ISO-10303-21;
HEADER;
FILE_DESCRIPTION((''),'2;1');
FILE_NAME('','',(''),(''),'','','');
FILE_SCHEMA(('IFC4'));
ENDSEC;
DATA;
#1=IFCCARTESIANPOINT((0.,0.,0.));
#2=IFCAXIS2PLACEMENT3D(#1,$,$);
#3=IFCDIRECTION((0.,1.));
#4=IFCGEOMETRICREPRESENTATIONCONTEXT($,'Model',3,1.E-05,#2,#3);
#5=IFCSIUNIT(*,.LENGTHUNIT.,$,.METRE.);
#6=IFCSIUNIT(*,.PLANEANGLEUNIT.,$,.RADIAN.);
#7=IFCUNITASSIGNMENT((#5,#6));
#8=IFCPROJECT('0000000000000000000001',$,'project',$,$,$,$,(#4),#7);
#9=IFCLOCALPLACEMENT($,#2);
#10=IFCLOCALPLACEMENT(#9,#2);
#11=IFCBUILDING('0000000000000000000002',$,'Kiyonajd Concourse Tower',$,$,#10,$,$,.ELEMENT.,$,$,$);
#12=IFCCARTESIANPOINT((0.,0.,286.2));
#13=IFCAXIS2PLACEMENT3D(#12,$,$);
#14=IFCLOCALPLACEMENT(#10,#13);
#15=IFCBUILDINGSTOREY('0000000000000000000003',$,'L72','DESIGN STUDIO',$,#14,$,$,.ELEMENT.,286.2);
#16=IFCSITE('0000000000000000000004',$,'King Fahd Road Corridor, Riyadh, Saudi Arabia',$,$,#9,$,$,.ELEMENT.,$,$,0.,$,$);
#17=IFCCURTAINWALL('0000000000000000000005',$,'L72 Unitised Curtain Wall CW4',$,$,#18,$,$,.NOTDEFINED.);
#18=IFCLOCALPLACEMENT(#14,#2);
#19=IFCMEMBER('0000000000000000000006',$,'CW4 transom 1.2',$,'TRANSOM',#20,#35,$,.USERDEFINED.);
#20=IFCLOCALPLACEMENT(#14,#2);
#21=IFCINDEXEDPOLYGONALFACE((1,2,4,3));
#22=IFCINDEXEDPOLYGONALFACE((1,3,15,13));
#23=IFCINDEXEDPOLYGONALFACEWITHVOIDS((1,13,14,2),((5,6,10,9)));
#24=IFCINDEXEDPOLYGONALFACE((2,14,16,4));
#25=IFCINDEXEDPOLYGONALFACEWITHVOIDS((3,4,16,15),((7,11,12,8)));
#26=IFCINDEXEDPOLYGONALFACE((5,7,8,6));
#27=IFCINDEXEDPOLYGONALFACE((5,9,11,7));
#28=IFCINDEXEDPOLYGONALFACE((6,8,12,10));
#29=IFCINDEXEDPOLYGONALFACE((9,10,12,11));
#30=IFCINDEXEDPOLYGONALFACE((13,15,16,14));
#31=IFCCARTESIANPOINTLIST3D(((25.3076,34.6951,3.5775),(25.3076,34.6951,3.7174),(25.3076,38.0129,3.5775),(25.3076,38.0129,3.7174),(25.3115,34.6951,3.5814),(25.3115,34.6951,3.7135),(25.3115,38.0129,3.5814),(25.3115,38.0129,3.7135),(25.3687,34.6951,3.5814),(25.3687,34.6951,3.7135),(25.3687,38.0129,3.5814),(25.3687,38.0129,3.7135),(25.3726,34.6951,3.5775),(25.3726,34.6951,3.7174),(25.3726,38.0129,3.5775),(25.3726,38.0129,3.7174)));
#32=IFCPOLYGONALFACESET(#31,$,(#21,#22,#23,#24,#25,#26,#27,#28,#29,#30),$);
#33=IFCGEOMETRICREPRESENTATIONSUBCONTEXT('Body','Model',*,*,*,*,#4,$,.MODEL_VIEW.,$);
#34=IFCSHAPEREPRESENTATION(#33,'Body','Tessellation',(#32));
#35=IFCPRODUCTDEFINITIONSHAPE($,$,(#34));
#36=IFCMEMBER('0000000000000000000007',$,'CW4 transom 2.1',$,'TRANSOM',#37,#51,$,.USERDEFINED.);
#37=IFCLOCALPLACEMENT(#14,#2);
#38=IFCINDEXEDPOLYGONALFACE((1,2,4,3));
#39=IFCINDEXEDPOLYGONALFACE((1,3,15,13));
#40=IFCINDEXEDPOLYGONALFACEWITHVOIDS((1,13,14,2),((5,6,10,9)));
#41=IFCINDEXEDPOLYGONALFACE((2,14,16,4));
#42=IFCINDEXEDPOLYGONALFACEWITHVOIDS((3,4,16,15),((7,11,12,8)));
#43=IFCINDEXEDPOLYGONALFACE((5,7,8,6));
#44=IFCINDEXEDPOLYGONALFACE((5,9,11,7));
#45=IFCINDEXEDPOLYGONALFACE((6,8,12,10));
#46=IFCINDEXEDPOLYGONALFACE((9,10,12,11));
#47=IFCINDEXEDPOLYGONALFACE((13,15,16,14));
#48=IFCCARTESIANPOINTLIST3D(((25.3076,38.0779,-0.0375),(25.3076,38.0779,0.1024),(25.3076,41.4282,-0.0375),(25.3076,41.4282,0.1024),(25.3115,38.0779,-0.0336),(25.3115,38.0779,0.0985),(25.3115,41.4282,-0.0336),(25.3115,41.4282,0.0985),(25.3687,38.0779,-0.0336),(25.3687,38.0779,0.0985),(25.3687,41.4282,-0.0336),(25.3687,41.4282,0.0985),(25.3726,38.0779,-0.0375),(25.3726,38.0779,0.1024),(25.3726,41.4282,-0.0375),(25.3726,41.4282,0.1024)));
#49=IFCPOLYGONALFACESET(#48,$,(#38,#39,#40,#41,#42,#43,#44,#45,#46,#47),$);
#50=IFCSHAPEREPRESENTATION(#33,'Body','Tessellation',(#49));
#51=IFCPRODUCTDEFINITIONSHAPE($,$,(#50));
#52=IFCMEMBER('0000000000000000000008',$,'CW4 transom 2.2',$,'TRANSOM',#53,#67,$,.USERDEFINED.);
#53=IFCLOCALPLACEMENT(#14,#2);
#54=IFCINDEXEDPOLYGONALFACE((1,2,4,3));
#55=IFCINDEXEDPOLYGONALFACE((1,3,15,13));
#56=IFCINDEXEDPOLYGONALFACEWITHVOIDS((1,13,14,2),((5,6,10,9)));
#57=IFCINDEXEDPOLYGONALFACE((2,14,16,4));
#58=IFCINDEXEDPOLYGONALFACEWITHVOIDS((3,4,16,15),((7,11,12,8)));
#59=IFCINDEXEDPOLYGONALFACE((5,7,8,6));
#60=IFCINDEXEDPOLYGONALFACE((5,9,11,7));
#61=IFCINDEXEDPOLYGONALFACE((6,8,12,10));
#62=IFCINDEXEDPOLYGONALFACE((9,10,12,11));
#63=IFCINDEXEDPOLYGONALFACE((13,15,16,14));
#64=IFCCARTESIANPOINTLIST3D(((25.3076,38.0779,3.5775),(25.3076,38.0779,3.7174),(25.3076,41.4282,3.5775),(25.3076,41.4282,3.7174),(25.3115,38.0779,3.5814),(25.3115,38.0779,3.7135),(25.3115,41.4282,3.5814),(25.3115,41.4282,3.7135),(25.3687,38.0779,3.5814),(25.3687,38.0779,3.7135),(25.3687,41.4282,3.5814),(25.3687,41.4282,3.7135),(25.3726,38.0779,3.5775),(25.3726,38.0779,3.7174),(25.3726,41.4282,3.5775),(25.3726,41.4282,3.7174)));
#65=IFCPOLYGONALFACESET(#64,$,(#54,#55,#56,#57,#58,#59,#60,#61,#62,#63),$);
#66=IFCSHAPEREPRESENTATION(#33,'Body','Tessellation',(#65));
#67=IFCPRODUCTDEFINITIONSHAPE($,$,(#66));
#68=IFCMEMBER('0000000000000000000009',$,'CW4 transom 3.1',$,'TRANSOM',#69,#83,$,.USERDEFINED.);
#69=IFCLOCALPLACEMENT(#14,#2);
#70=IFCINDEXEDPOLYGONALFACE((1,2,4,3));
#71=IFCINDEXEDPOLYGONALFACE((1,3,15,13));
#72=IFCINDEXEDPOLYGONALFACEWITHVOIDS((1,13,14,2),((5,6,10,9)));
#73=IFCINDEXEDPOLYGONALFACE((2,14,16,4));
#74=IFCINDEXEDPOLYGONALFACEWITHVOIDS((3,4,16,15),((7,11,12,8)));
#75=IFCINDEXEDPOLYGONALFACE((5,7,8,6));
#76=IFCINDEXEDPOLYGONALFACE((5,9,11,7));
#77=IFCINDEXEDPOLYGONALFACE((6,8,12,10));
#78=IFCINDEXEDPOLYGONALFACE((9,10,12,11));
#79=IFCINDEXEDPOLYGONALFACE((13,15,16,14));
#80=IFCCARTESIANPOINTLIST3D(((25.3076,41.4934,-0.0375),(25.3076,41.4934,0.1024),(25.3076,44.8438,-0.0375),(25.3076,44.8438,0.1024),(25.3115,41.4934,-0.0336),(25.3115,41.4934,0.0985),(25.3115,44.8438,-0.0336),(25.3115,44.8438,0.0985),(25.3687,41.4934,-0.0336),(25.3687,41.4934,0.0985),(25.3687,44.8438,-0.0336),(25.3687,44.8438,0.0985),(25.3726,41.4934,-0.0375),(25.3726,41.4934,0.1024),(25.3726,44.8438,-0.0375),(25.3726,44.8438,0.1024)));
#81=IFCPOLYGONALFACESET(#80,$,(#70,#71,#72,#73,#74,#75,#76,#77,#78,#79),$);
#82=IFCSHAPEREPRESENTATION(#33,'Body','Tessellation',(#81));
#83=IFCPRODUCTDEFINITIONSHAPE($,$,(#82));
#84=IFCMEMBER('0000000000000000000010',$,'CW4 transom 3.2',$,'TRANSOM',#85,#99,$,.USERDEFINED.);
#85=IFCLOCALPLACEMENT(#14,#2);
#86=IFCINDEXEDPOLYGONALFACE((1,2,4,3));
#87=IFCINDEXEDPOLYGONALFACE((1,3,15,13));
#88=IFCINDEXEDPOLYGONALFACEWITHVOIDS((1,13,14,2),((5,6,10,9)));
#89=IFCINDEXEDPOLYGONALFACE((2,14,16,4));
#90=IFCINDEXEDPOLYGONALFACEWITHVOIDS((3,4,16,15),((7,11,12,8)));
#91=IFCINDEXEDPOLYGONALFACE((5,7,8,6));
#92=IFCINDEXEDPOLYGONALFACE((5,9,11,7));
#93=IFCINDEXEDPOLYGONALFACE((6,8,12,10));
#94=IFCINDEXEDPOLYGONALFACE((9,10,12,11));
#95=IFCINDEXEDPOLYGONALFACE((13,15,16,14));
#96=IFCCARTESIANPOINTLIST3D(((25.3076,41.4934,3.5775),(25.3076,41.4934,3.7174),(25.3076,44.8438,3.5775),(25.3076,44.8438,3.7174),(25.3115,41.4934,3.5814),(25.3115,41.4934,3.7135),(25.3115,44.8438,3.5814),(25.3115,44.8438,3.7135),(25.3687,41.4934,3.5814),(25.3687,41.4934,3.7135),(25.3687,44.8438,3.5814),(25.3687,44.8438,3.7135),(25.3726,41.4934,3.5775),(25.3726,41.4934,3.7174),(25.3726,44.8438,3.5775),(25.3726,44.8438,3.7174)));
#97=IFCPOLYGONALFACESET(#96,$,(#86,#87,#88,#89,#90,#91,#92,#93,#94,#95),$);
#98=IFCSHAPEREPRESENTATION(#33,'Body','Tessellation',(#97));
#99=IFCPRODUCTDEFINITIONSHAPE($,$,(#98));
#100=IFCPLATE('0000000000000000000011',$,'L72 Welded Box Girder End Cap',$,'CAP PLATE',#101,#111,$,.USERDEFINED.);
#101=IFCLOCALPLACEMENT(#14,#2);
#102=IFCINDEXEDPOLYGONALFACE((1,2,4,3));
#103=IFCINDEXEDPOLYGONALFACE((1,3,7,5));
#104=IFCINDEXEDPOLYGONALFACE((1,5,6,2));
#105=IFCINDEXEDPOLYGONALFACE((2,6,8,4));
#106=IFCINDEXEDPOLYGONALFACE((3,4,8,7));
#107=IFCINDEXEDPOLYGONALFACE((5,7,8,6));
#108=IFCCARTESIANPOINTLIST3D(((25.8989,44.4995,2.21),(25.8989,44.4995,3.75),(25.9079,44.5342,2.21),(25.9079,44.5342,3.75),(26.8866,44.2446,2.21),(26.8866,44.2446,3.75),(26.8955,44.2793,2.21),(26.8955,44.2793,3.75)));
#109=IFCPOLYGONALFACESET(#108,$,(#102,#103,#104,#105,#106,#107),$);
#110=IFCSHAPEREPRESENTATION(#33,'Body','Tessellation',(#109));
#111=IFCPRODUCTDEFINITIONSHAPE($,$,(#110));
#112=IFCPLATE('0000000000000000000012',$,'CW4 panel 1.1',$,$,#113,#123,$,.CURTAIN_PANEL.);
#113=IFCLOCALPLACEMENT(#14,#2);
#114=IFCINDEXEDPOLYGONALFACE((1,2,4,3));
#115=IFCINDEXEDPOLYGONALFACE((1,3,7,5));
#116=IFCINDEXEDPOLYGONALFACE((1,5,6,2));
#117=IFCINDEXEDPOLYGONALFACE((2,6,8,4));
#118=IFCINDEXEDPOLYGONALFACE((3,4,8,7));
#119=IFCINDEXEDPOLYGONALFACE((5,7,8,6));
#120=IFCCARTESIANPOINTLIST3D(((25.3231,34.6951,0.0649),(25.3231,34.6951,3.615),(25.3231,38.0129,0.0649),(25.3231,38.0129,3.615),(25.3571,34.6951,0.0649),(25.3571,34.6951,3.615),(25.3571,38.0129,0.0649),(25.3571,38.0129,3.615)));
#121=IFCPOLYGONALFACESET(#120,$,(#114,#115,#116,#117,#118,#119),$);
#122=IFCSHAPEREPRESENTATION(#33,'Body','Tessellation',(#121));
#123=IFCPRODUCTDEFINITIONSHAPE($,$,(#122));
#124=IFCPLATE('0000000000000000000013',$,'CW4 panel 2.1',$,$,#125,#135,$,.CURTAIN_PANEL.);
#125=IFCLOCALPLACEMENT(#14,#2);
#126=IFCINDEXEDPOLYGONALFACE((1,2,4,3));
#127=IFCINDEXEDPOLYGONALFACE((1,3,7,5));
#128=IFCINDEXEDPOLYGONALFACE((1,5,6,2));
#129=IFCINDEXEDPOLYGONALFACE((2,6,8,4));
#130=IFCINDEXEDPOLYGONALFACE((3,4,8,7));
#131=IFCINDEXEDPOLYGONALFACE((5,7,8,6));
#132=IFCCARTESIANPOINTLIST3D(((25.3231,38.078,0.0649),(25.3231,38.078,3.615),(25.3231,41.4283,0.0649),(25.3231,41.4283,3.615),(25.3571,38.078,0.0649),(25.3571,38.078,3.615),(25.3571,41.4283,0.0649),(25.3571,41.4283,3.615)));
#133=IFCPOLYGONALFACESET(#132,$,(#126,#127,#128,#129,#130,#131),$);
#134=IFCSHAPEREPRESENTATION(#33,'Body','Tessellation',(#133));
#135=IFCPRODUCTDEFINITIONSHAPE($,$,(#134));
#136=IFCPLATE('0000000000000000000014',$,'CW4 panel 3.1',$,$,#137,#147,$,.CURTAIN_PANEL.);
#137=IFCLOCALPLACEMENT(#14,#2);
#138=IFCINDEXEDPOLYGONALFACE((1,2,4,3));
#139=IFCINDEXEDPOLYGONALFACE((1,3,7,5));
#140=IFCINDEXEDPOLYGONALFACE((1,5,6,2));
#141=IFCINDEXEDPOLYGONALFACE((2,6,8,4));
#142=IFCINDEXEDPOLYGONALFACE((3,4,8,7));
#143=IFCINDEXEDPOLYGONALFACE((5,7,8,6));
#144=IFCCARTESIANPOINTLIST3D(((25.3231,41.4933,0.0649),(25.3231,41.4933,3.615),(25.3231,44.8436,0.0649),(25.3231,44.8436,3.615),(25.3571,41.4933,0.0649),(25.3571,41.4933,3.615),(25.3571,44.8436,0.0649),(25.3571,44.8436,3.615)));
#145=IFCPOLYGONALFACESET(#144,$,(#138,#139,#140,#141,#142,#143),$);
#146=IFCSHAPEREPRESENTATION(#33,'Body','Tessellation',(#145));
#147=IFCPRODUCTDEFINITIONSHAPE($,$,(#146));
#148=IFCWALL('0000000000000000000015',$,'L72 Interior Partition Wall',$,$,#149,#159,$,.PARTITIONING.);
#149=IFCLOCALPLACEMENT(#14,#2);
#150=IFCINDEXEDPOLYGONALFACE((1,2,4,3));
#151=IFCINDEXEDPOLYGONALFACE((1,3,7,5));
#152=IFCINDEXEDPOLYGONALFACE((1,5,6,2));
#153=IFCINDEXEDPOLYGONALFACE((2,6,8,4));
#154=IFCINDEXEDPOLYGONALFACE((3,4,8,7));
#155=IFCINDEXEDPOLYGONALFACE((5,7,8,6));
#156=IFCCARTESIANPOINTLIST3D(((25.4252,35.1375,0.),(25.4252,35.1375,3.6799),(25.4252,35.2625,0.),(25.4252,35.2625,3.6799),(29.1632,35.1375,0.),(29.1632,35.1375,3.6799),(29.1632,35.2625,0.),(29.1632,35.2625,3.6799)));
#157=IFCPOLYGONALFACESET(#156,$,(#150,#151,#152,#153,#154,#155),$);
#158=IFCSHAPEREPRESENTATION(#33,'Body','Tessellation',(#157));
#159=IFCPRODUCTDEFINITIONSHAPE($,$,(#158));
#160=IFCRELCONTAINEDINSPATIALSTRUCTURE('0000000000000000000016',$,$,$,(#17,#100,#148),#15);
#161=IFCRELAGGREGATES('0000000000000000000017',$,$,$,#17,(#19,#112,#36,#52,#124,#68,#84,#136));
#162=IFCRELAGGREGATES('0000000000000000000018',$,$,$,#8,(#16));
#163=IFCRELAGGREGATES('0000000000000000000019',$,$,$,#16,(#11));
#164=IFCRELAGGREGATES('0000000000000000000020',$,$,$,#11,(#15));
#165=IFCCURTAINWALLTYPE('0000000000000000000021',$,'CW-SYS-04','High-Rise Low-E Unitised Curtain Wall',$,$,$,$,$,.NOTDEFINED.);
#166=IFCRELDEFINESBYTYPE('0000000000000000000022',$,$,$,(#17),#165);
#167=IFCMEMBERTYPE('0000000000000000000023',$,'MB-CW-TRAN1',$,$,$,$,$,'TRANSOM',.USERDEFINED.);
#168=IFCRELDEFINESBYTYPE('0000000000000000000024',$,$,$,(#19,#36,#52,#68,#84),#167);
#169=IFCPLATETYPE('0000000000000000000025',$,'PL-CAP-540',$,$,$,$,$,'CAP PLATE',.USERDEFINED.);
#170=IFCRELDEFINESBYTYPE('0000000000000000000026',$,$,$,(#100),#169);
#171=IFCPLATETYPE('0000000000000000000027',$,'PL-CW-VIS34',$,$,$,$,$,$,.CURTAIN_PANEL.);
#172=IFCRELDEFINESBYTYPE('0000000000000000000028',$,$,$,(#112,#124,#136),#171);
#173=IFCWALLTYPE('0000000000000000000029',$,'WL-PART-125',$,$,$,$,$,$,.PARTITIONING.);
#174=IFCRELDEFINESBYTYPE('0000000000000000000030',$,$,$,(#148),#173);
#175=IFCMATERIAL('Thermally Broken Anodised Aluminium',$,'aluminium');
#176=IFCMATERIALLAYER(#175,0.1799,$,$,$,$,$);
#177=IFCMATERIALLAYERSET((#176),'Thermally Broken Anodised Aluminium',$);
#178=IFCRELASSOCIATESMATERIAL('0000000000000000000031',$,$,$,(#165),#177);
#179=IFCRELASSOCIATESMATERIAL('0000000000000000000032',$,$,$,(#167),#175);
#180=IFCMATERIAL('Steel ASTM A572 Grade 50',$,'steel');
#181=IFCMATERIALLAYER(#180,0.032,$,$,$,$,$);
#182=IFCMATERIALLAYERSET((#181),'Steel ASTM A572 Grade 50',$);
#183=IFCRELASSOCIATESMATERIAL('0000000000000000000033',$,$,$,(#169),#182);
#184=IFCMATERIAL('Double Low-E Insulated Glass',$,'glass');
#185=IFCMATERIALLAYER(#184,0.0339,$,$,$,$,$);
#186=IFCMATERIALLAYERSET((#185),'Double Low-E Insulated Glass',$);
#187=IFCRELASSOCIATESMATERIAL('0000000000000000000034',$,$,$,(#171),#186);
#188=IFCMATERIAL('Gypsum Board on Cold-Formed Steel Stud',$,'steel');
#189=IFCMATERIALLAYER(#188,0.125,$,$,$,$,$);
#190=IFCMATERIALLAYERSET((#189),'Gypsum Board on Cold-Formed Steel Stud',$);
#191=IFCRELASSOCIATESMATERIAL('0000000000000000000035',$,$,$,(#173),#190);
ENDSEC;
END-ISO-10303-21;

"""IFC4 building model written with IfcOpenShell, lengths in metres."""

from ifc_helpers import new_model, si_unit, direction, frame, frame_2d, origin, origin_2d, place, context, subcontext, project, spatial, rectangle, hollow_rectangle, extrude, material, layer, layer_set, material_profile, profile_set, type_object, element, aggregate, save


model = new_model("IFC4")

# Units and contexts
model_context = context("Model", 3, precision=1e-05, world=origin(), true_north=direction((0.0, 1.0)))
body_context = subcontext(model_context, "Body", "Model", "MODEL_VIEW")
ifc_project = project(units=[si_unit("LENGTHUNIT", "METRE"), si_unit("PLANEANGLEUNIT", "RADIAN")], contexts=[model_context])

# Site, building, storey
site_placement = place(None, origin())
site = spatial("IfcSite", under=ifc_project, at=site_placement, Name="King Fahd Road Corridor, Riyadh, Saudi Arabia", CompositionType="ELEMENT", RefElevation=0.0)
building_placement = place(site_placement, origin())
building = spatial("IfcBuilding", under=site, at=building_placement, Name="Kiyonajd Concourse Tower", CompositionType="ELEMENT")
storey_placement = place(building_placement, frame((0.0, 0.0, 286.2)))
storey = spatial("IfcBuildingStorey", under=building, at=storey_placement, Name="L72", Description="DESIGN STUDIO", CompositionType="ELEMENT", Elevation=286.2)

# Curtain wall, members
ifc_material_1 = material(Name="Thermally Broken Anodised Aluminium", Category="aluminium")
ifc_layer_1 = layer(ifc_material_1, 0.1799)
ifc_layer_set_1 = layer_set([ifc_layer_1], Name="Thermally Broken Anodised Aluminium")
curtain_wall_type = type_object("IfcCurtainWallType", Name="CW-SYS-04", Description="High-Rise Low-E Unitised Curtain Wall", PredefinedType="NOTDEFINED", material=ifc_layer_set_1)
curtain_wall_placement = place(storey_placement, origin())
curtain_wall = element("IfcCurtainWall", 1, at=curtain_wall_placement, inside=storey, type_object=curtain_wall_type, Name="L72 Unitised Curtain Wall CW4", PredefinedType="NOTDEFINED")
ifc_material_profile_1 = material_profile(ifc_material_1, hollow_rectangle(XDim=0.0649, YDim=0.1399, WallThickness=0.0039, at=origin_2d()), Name="TRAN-65x140")
ifc_profile_set_1 = profile_set([ifc_material_profile_1], Name="Thermally Broken Anodised Aluminium")
member_type_1 = type_object("IfcMemberType", Name="MB-CW-TRAN1", ElementType="TRANSOM", PredefinedType="USERDEFINED", material=ifc_profile_set_1)
member_1_placement = place(storey_placement, frame((25.3401, 34.6951, 3.6475), z_axis=(0.0, 1.0, 0.0), x_axis=(-1.0, 0.0, 0.0)))
member_1 = element("IfcMember", 2, at=member_1_placement, type_object=member_type_1, Name="CW4 transom 1.2", ObjectType="TRANSOM", PredefinedType="USERDEFINED", context=body_context, shape_type="SweptSolid", body=[
    extrude(hollow_rectangle(XDim=0.0649, YDim=0.1399, WallThickness=0.0039, at=origin_2d()), origin(), (0.0, 0.0, 1.0), 3.3179),
])
member_2_placement = place(storey_placement, frame((25.3401, 38.0779, 0.0325), z_axis=(0.0, 1.0, 0.0), x_axis=(-1.0, 0.0, 0.0)))
member_2 = element("IfcMember", 3, at=member_2_placement, type_object=member_type_1, Name="CW4 transom 2.1", ObjectType="TRANSOM", PredefinedType="USERDEFINED", context=body_context, shape_type="SweptSolid", body=[
    extrude(hollow_rectangle(XDim=0.0649, YDim=0.1399, WallThickness=0.0039, at=origin_2d()), origin(), (0.0, 0.0, 1.0), 3.3503),
])
member_3_placement = place(storey_placement, frame((25.3401, 38.0779, 3.6475), z_axis=(0.0, 1.0, 0.0), x_axis=(-1.0, 0.0, 0.0)))
member_3 = element("IfcMember", 4, at=member_3_placement, type_object=member_type_1, Name="CW4 transom 2.2", ObjectType="TRANSOM", PredefinedType="USERDEFINED", context=body_context, shape_type="SweptSolid", body=[
    extrude(hollow_rectangle(XDim=0.0649, YDim=0.1399, WallThickness=0.0039, at=origin_2d()), origin(), (0.0, 0.0, 1.0), 3.3503),
])
member_4_placement = place(storey_placement, frame((25.3401, 41.4934, 0.0325), z_axis=(0.0, 1.0, 0.0), x_axis=(-1.0, 0.0, 0.0)))
member_4 = element("IfcMember", 5, at=member_4_placement, type_object=member_type_1, Name="CW4 transom 3.1", ObjectType="TRANSOM", PredefinedType="USERDEFINED", context=body_context, shape_type="SweptSolid", body=[
    extrude(hollow_rectangle(XDim=0.0649, YDim=0.1399, WallThickness=0.0039, at=origin_2d()), origin(), (0.0, 0.0, 1.0), 3.3503),
])
member_5_placement = place(storey_placement, frame((25.3401, 41.4934, 3.6475), z_axis=(0.0, 1.0, 0.0), x_axis=(-1.0, 0.0, 0.0)))
member_5 = element("IfcMember", 6, at=member_5_placement, type_object=member_type_1, Name="CW4 transom 3.2", ObjectType="TRANSOM", PredefinedType="USERDEFINED", context=body_context, shape_type="SweptSolid", body=[
    extrude(hollow_rectangle(XDim=0.0649, YDim=0.1399, WallThickness=0.0039, at=origin_2d()), origin(), (0.0, 0.0, 1.0), 3.3503),
])

# Plates
ifc_material_2 = material(Name="Steel ASTM A572 Grade 50", Category="steel")
ifc_layer_2 = layer(ifc_material_2, 0.032)
ifc_layer_set_2 = layer_set([ifc_layer_2], Name="Steel ASTM A572 Grade 50")
plate_type_1 = type_object("IfcPlateType", Name="PL-CAP-540", ElementType="CAP PLATE", PredefinedType="USERDEFINED", material=ifc_layer_set_2)
plate_1_placement = place(storey_placement, frame((26.3972, 44.3894, 2.21), z_axis=(0.0, 0.0, 1.0), x_axis=(-0.249873, -0.968279, 0.0)))
element("IfcPlate", 7, at=plate_1_placement, inside=storey, type_object=plate_type_1, Name="L72 Welded Box Girder End Cap", ObjectType="CAP PLATE", PredefinedType="USERDEFINED", context=body_context, shape_type="SweptSolid", body=[
    extrude(rectangle(XDim=0.0359, YDim=1.02, at=origin_2d()), origin(), (0.0, 0.0, 1.0), 1.54),
])
ifc_material_3 = material(Name="Double Low-E Insulated Glass", Category="glass")
ifc_layer_3 = layer(ifc_material_3, 0.0339)
ifc_layer_set_3 = layer_set([ifc_layer_3], Name="Double Low-E Insulated Glass")
plate_type_2 = type_object("IfcPlateType", Name="PL-CW-VIS34", PredefinedType="CURTAIN_PANEL", material=ifc_layer_set_3)
plate_2_placement = place(storey_placement, frame((25.3401, 36.354, 0.0649), z_axis=(0.0, 0.0, 1.0), x_axis=(0.0, 1.0, 0.0)))
plate_2 = element("IfcPlate", 8, at=plate_2_placement, type_object=plate_type_2, Name="CW4 panel 1.1", PredefinedType="CURTAIN_PANEL", context=body_context, shape_type="SweptSolid", body=[
    extrude(rectangle(XDim=3.3179, YDim=0.0339, at=origin_2d()), origin(), (0.0, 0.0, 1.0), 3.55),
])
plate_3_placement = place(storey_placement, frame((25.3401, 39.7532, 0.0649), z_axis=(0.0, 0.0, 1.0), x_axis=(0.0, 1.0, 0.0)))
plate_3 = element("IfcPlate", 9, at=plate_3_placement, type_object=plate_type_2, Name="CW4 panel 2.1", PredefinedType="CURTAIN_PANEL", context=body_context, shape_type="SweptSolid", body=[
    extrude(rectangle(XDim=3.3503, YDim=0.0339, at=origin_2d()), origin(), (0.0, 0.0, 1.0), 3.55),
])
plate_4_placement = place(storey_placement, frame((25.3401, 43.1685, 0.0649), z_axis=(0.0, 0.0, 1.0), x_axis=(0.0, 1.0, 0.0)))
plate_4 = element("IfcPlate", 10, at=plate_4_placement, type_object=plate_type_2, Name="CW4 panel 3.1", PredefinedType="CURTAIN_PANEL", context=body_context, shape_type="SweptSolid", body=[
    extrude(rectangle(XDim=3.3503, YDim=0.0339, at=origin_2d()), origin(), (0.0, 0.0, 1.0), 3.55),
])
aggregate(curtain_wall, [member_1, plate_2, member_2, member_3, plate_3, member_4, member_5, plate_4])

# Wall
ifc_material_4 = material(Name="Gypsum Board on Cold-Formed Steel Stud", Category="steel")
ifc_layer_4 = layer(ifc_material_4, 0.125)
ifc_layer_set_4 = layer_set([ifc_layer_4], Name="Gypsum Board on Cold-Formed Steel Stud")
wall_type = type_object("IfcWallType", Name="WL-PART-125", PredefinedType="PARTITIONING", material=ifc_layer_set_4)
wall_placement = place(storey_placement, frame((25.425, 35.2, 0.0), z_axis=(0.0, 0.0, 1.0), x_axis=(1.0, 0.0, 0.0)))
element("IfcWall", 11, at=wall_placement, inside=storey, type_object=wall_type, Name="L72 Interior Partition Wall", PredefinedType="PARTITIONING", context=body_context, shape_type="SweptSolid", body=[
    extrude(rectangle(XDim=3.738, YDim=0.125, at=frame_2d((1.8691, 0.0))), origin(), (0.0, 0.0, 1.0), 3.6799),
])

save(model, "model.ifc")
